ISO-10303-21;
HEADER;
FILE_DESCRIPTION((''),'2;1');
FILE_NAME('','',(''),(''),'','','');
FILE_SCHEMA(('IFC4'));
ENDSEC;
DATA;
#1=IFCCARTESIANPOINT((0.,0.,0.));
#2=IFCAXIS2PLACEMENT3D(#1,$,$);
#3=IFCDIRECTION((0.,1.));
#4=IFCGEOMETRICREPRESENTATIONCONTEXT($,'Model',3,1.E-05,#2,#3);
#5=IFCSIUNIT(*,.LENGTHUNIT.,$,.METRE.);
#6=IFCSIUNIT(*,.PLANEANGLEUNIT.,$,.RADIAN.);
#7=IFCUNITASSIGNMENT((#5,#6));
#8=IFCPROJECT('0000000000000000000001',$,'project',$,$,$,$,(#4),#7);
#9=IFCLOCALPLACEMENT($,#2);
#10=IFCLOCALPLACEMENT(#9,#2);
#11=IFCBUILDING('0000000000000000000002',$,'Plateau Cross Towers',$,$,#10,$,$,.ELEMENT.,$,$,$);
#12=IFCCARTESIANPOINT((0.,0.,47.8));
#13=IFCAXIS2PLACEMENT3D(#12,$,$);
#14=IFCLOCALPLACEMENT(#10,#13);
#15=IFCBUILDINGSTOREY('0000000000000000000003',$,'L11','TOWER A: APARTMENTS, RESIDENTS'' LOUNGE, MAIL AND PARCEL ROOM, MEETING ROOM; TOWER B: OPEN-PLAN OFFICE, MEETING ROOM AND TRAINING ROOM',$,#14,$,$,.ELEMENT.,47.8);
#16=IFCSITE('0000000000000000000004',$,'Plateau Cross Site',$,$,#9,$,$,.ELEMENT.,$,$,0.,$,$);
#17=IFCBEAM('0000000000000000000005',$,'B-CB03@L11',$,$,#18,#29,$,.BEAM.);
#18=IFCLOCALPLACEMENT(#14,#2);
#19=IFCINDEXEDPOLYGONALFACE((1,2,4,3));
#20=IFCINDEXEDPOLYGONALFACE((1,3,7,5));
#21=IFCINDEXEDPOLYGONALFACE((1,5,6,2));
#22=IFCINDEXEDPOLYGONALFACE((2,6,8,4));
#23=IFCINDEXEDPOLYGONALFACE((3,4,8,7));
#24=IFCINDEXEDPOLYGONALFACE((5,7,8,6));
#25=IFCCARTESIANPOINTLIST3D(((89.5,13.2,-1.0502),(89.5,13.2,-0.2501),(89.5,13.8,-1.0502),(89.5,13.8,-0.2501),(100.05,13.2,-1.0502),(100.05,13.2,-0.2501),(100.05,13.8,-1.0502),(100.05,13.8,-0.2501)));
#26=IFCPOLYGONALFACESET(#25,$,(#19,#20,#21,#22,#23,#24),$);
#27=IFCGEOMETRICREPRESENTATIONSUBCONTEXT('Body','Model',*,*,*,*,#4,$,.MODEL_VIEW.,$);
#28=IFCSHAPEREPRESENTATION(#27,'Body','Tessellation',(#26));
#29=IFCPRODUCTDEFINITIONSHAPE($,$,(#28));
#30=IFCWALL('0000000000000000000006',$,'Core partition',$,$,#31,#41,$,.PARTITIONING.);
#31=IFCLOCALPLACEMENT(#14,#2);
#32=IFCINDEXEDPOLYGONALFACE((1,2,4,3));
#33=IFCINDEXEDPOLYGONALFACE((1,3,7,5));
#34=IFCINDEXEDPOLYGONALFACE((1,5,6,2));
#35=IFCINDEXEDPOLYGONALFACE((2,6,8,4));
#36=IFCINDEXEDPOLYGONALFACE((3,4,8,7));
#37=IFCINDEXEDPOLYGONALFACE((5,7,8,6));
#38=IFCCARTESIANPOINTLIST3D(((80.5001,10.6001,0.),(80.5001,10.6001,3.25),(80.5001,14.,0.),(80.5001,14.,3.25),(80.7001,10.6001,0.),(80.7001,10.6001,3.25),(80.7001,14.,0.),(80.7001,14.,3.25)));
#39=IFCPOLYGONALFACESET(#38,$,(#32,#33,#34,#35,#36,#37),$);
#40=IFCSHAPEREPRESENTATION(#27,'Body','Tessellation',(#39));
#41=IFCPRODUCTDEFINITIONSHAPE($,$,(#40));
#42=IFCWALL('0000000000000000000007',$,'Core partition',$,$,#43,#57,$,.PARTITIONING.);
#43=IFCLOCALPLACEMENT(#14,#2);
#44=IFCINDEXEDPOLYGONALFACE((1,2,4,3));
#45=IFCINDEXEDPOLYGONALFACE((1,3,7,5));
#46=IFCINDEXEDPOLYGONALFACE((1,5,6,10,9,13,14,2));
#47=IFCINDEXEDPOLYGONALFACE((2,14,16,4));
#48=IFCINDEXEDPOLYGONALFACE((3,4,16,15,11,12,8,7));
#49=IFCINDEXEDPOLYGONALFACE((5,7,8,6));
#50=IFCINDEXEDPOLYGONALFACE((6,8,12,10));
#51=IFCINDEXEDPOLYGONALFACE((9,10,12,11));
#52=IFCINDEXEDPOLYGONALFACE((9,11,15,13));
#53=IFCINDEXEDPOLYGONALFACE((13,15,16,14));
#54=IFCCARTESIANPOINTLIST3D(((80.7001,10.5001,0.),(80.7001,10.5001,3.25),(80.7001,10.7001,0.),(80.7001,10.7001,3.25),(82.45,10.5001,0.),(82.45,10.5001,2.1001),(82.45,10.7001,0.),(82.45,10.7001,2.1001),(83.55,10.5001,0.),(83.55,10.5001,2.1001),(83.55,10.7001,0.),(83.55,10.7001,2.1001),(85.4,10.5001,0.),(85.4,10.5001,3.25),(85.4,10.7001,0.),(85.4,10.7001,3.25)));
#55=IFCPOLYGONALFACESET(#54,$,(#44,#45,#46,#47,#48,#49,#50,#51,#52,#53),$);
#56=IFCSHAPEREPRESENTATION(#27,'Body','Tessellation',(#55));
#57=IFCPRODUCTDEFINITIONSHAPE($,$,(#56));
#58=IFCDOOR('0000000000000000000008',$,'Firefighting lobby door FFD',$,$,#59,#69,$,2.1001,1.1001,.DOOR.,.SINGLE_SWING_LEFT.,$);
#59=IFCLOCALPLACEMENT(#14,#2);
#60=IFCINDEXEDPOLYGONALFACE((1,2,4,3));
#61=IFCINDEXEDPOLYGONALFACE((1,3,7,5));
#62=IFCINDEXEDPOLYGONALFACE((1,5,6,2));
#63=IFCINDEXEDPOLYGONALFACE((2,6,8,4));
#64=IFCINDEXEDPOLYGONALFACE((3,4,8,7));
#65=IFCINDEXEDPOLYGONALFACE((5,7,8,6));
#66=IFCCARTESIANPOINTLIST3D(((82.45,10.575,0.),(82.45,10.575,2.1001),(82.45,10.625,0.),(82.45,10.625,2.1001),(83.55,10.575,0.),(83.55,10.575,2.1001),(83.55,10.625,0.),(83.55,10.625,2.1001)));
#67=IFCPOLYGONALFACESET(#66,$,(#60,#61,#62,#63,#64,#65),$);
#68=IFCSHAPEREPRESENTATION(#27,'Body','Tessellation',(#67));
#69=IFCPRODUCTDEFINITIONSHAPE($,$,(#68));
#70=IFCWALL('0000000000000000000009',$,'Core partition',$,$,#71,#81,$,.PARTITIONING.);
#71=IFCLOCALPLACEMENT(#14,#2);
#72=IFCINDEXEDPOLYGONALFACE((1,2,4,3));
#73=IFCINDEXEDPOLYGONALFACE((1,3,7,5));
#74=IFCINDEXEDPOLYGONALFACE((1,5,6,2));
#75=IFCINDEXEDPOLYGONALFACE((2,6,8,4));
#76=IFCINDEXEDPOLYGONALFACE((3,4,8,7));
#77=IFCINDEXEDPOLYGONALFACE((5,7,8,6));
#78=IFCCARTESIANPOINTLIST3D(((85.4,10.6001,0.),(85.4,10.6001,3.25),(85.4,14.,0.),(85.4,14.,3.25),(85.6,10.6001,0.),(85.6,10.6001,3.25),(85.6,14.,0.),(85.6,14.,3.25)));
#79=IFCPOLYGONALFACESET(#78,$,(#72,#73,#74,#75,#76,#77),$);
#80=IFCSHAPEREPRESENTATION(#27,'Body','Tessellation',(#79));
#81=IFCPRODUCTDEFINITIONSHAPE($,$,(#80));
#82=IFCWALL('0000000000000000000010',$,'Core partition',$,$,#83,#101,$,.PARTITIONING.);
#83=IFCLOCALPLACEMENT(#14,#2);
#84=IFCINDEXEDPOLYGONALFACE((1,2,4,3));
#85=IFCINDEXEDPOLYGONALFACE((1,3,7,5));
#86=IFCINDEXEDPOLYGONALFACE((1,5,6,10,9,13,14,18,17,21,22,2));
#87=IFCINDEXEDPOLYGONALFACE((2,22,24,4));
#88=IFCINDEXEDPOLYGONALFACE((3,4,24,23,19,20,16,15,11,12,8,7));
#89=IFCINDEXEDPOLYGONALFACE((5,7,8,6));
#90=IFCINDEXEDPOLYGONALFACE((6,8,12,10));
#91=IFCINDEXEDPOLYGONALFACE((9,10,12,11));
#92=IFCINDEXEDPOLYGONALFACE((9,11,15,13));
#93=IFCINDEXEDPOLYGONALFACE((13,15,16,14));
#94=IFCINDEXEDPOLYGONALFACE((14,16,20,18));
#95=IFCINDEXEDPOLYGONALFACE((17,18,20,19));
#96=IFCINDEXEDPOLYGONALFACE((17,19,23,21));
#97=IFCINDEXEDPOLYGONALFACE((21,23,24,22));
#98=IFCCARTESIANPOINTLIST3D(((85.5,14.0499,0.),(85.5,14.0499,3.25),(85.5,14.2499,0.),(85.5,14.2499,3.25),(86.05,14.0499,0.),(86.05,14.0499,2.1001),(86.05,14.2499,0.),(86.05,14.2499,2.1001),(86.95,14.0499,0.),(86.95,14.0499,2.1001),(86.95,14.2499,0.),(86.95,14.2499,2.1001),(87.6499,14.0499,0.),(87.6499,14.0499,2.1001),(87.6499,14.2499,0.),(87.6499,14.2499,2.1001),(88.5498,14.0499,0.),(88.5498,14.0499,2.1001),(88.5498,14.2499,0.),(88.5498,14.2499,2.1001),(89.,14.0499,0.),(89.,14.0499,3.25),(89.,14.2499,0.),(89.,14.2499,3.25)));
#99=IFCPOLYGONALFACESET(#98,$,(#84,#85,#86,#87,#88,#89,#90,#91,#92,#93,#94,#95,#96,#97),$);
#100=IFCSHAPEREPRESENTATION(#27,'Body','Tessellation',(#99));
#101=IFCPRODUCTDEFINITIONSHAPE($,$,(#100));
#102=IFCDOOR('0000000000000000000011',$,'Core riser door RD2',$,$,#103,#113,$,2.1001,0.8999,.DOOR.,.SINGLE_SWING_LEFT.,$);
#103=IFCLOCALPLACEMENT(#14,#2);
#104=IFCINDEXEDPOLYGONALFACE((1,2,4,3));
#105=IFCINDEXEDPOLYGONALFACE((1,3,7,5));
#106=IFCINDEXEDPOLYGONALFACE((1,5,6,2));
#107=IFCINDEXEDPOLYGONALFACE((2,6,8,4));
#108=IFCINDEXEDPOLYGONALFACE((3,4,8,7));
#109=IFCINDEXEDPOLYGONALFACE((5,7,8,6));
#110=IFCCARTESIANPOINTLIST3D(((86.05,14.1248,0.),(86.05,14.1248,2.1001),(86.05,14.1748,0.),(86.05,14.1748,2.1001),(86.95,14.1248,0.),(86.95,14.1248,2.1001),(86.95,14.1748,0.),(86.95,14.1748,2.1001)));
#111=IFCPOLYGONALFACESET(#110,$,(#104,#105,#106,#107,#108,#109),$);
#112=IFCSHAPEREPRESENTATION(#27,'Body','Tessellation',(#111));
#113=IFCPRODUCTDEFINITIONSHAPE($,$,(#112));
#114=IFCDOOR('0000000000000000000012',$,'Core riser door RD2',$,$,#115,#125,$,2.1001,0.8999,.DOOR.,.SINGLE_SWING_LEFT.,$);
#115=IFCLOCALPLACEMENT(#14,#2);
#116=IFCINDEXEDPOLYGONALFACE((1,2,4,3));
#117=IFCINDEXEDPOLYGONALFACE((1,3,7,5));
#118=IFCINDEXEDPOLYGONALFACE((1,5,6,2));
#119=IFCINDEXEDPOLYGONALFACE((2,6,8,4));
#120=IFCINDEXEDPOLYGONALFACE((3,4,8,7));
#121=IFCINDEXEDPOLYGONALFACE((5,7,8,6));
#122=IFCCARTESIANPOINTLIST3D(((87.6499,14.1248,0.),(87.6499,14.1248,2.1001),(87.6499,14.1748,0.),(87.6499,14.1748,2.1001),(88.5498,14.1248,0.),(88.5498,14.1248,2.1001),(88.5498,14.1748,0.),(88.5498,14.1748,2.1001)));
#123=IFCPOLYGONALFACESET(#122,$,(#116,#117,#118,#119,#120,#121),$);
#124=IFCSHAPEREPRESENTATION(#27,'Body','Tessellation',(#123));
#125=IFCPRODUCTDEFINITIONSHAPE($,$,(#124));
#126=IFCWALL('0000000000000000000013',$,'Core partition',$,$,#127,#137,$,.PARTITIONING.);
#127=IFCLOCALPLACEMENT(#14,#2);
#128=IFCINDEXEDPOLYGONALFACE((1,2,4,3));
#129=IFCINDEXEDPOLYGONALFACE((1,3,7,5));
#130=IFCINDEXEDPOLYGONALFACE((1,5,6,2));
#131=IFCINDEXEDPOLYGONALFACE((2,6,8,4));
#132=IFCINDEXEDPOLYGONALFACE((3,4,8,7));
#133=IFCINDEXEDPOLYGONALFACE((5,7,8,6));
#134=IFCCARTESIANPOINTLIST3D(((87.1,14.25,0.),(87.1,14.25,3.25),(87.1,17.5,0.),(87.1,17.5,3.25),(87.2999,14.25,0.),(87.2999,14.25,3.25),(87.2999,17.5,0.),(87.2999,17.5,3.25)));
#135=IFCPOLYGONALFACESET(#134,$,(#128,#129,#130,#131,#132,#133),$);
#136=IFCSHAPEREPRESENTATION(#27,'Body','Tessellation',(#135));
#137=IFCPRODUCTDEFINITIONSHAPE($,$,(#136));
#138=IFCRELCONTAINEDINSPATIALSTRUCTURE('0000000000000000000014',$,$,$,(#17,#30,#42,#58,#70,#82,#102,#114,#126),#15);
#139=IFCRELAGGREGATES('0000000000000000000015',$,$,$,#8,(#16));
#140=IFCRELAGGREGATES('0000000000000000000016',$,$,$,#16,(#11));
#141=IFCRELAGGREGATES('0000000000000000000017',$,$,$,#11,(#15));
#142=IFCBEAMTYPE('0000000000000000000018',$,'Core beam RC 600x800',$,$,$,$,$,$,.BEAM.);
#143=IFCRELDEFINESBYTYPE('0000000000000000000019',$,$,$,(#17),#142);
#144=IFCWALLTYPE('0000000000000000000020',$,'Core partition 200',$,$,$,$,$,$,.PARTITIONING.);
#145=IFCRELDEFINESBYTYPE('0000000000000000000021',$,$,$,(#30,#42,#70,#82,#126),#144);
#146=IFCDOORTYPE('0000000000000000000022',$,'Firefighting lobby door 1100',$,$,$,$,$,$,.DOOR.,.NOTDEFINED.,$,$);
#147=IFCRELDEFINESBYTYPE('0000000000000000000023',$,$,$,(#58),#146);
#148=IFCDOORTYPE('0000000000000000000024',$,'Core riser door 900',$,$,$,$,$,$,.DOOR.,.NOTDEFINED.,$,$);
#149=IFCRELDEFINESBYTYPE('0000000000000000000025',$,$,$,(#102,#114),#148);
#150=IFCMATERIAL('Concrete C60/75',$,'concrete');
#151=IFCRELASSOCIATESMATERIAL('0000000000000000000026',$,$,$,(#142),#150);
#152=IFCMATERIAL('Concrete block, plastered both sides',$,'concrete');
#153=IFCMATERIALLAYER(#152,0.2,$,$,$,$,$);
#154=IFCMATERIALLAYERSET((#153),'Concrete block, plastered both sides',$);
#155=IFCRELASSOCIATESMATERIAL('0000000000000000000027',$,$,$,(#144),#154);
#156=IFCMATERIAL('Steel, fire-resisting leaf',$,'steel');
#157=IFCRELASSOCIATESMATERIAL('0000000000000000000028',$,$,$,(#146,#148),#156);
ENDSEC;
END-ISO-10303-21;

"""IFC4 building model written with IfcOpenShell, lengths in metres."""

from ifc_helpers import new_model, si_unit, direction, frame, frame_2d, origin, origin_2d, place, context, subcontext, project, spatial, rectangle, extrude, material, layer, layer_set, material_profile, profile_set, type_object, element, fill, save


model = new_model("IFC4")

# Units and contexts
model_context = context("Model", 3, precision=1e-05, world=origin(), true_north=direction((0.0, 1.0)))
body_context = subcontext(model_context, "Body", "Model", "MODEL_VIEW")
ifc_project = project(units=[si_unit("LENGTHUNIT", "METRE"), si_unit("PLANEANGLEUNIT", "RADIAN")], contexts=[model_context])

# Site, building, storey
site_placement = place(None, origin())
site = spatial("IfcSite", under=ifc_project, at=site_placement, Name="Plateau Cross Site", CompositionType="ELEMENT", RefElevation=0.0)
building_placement = place(site_placement, origin())
building = spatial("IfcBuilding", under=site, at=building_placement, Name="Plateau Cross Towers", CompositionType="ELEMENT")
storey_placement = place(building_placement, frame((0.0, 0.0, 47.8)))
storey = spatial("IfcBuildingStorey", under=building, at=storey_placement, Name="L11", Description="TOWER A: APARTMENTS, RESIDENTS' LOUNGE, MAIL AND PARCEL ROOM, MEETING ROOM; TOWER B: OPEN-PLAN OFFICE, MEETING ROOM AND TRAINING ROOM", CompositionType="ELEMENT", Elevation=47.8)

# Beam
ifc_material_1 = material(Name="Concrete C60/75", Category="concrete")
ifc_material_profile = material_profile(ifc_material_1, rectangle(XDim=0.6001, YDim=0.8, at=origin_2d()), Name="RC 600x800")
ifc_profile_set = profile_set([ifc_material_profile], Name="Concrete C60/75")
beam_type = type_object("IfcBeamType", Name="Core beam RC 600x800", PredefinedType="BEAM", material=ifc_profile_set)
beam_placement = place(storey_placement, frame((89.5, 13.5, -0.6501), z_axis=(1.0, 0.0, 0.0), x_axis=(0.0, 1.0, 0.0)))
element("IfcBeam", 1, at=beam_placement, inside=storey, type_object=beam_type, Name="B-CB03@L11", PredefinedType="BEAM", context=body_context, shape_type="SweptSolid", body=[
    extrude(rectangle(XDim=0.6001, YDim=0.8, at=origin_2d()), origin(), (0.0, 0.0, 1.0), 10.55),
])

# Wall
ifc_material_2 = material(Name="Concrete block, plastered both sides", Category="concrete")
ifc_layer_1 = layer(ifc_material_2, 0.2)
ifc_layer_set_1 = layer_set([ifc_layer_1], Name="Concrete block, plastered both sides")
wall_type_1 = type_object("IfcWallType", Name="Core partition 200", PredefinedType="PARTITIONING", material=ifc_layer_set_1)
wall_1_placement = place(storey_placement, frame((80.6001, 10.6001, 0.0), z_axis=(0.0, 0.0, 1.0), x_axis=(0.0, 1.0, 0.0)))
element("IfcWall", 2, at=wall_1_placement, inside=storey, type_object=wall_type_1, Name="Core partition", PredefinedType="PARTITIONING", context=body_context, shape_type="SweptSolid", body=[
    extrude(rectangle(XDim=3.3999, YDim=0.2, at=frame_2d((1.7, 0.0))), origin(), (0.0, 0.0, 1.0), 3.25),
])

# Wall, opening, door
wall_2_placement = place(storey_placement, frame((80.7, 10.6001, 0.0), z_axis=(0.0, 0.0, 1.0), x_axis=(1.0, 0.0, 0.0)))
wall_2 = element("IfcWall", 3, at=wall_2_placement, inside=storey, type_object=wall_type_1, Name="Core partition", PredefinedType="PARTITIONING", context=body_context, shape_type="SweptSolid", body=[
    extrude(rectangle(XDim=4.7, YDim=0.2, at=frame_2d((2.3501, 0.0))), origin(), (0.0, 0.0, 1.0), 3.25),
])
opening_1_placement = place(wall_2_placement, frame((1.75, 0.0, 0.0)))
opening_1 = element("IfcOpeningElement", 4, at=opening_1_placement, cuts=wall_2, PredefinedType="OPENING", context=body_context, shape_type="SweptSolid", body=[
    extrude(rectangle(XDim=1.1001, YDim=2.1001, at=frame_2d((0.55, 1.05))), frame((0.0, 0.1099, 0.0), z_axis=(0.0, -1.0, 0.0), x_axis=(1.0, 0.0, 0.0)), (0.0, 0.0, 1.0), 0.22),
])
ifc_material_3 = material(Name="Steel, fire-resisting leaf", Category="steel")
door_type_1 = type_object("IfcDoorType", Name="Firefighting lobby door 1100", OperationType="NOTDEFINED", PredefinedType="DOOR", material=ifc_material_3)
door_1_placement = place(opening_1_placement, origin())
door_1 = element("IfcDoor", 5, at=door_1_placement, inside=storey, type_object=door_type_1, Name="Firefighting lobby door FFD", OperationType="SINGLE_SWING_LEFT", OverallHeight=2.1001, OverallWidth=1.1001, PredefinedType="DOOR", context=body_context, shape_type="SweptSolid", body=[
    extrude(rectangle(XDim=1.1001, YDim=2.1001, at=frame_2d((0.55, 1.05))), frame((0.0, 0.0249, 0.0), z_axis=(0.0, -1.0, 0.0), x_axis=(1.0, 0.0, 0.0)), (0.0, 0.0, 1.0), 0.05),
])
fill(opening_1, door_1)

# Wall
wall_3_placement = place(storey_placement, frame((85.5, 10.6001, 0.0), z_axis=(0.0, 0.0, 1.0), x_axis=(0.0, 1.0, 0.0)))
element("IfcWall", 6, at=wall_3_placement, inside=storey, type_object=wall_type_1, Name="Core partition", PredefinedType="PARTITIONING", context=body_context, shape_type="SweptSolid", body=[
    extrude(rectangle(XDim=3.3999, YDim=0.2, at=frame_2d((1.7, 0.0))), origin(), (0.0, 0.0, 1.0), 3.25),
])

# Wall, openings, doors
wall_4_placement = place(storey_placement, frame((85.5, 14.1499, 0.0), z_axis=(0.0, 0.0, 1.0), x_axis=(1.0, 0.0, 0.0)))
wall_4 = element("IfcWall", 7, at=wall_4_placement, inside=storey, type_object=wall_type_1, Name="Core partition", PredefinedType="PARTITIONING", context=body_context, shape_type="SweptSolid", body=[
    extrude(rectangle(XDim=3.5, YDim=0.2, at=frame_2d((1.75, 0.0))), origin(), (0.0, 0.0, 1.0), 3.25),
])
opening_2_placement = place(wall_4_placement, frame((0.55, 0.0, 0.0)))
opening_2 = element("IfcOpeningElement", 8, at=opening_2_placement, cuts=wall_4, PredefinedType="OPENING", context=body_context, shape_type="SweptSolid", body=[
    extrude(rectangle(XDim=0.8999, YDim=2.1001, at=frame_2d((0.45, 1.05))), frame((0.0, 0.1099, 0.0), z_axis=(0.0, -1.0, 0.0), x_axis=(1.0, 0.0, 0.0)), (0.0, 0.0, 1.0), 0.22),
])
opening_3_placement = place(wall_4_placement, frame((2.1499, 0.0, 0.0)))
opening_3 = element("IfcOpeningElement", 9, at=opening_3_placement, cuts=wall_4, PredefinedType="OPENING", context=body_context, shape_type="SweptSolid", body=[
    extrude(rectangle(XDim=0.8999, YDim=2.1001, at=frame_2d((0.45, 1.05))), frame((0.0, 0.1099, 0.0), z_axis=(0.0, -1.0, 0.0), x_axis=(1.0, 0.0, 0.0)), (0.0, 0.0, 1.0), 0.22),
])
door_type_2 = type_object("IfcDoorType", Name="Core riser door 900", OperationType="NOTDEFINED", PredefinedType="DOOR", material=ifc_material_3)
door_2_placement = place(opening_2_placement, origin())
door_2 = element("IfcDoor", 10, at=door_2_placement, inside=storey, type_object=door_type_2, Name="Core riser door RD2", OperationType="SINGLE_SWING_LEFT", OverallHeight=2.1001, OverallWidth=0.8999, PredefinedType="DOOR", context=body_context, shape_type="SweptSolid", body=[
    extrude(rectangle(XDim=0.8999, YDim=2.1001, at=frame_2d((0.45, 1.05))), frame((0.0, 0.0249, 0.0), z_axis=(0.0, -1.0, 0.0), x_axis=(1.0, 0.0, 0.0)), (0.0, 0.0, 1.0), 0.05),
])
fill(opening_2, door_2)
door_3_placement = place(opening_3_placement, origin())
door_3 = element("IfcDoor", 11, at=door_3_placement, inside=storey, type_object=door_type_2, Name="Core riser door RD2", OperationType="SINGLE_SWING_LEFT", OverallHeight=2.1001, OverallWidth=0.8999, PredefinedType="DOOR", context=body_context, shape_type="SweptSolid", body=[
    extrude(rectangle(XDim=0.8999, YDim=2.1001, at=frame_2d((0.45, 1.05))), frame((0.0, 0.0249, 0.0), z_axis=(0.0, -1.0, 0.0), x_axis=(1.0, 0.0, 0.0)), (0.0, 0.0, 1.0), 0.05),
])
fill(opening_3, door_3)

# Wall
wall_5_placement = place(storey_placement, frame((87.2, 14.25, 0.0), z_axis=(0.0, 0.0, 1.0), x_axis=(0.0, 1.0, 0.0)))
element("IfcWall", 12, at=wall_5_placement, inside=storey, type_object=wall_type_1, Name="Core partition", PredefinedType="PARTITIONING", context=body_context, shape_type="SweptSolid", body=[
    extrude(rectangle(XDim=3.25, YDim=0.2, at=frame_2d((1.625, 0.0))), origin(), (0.0, 0.0, 1.0), 3.25),
])

save(model, "model.ifc")
